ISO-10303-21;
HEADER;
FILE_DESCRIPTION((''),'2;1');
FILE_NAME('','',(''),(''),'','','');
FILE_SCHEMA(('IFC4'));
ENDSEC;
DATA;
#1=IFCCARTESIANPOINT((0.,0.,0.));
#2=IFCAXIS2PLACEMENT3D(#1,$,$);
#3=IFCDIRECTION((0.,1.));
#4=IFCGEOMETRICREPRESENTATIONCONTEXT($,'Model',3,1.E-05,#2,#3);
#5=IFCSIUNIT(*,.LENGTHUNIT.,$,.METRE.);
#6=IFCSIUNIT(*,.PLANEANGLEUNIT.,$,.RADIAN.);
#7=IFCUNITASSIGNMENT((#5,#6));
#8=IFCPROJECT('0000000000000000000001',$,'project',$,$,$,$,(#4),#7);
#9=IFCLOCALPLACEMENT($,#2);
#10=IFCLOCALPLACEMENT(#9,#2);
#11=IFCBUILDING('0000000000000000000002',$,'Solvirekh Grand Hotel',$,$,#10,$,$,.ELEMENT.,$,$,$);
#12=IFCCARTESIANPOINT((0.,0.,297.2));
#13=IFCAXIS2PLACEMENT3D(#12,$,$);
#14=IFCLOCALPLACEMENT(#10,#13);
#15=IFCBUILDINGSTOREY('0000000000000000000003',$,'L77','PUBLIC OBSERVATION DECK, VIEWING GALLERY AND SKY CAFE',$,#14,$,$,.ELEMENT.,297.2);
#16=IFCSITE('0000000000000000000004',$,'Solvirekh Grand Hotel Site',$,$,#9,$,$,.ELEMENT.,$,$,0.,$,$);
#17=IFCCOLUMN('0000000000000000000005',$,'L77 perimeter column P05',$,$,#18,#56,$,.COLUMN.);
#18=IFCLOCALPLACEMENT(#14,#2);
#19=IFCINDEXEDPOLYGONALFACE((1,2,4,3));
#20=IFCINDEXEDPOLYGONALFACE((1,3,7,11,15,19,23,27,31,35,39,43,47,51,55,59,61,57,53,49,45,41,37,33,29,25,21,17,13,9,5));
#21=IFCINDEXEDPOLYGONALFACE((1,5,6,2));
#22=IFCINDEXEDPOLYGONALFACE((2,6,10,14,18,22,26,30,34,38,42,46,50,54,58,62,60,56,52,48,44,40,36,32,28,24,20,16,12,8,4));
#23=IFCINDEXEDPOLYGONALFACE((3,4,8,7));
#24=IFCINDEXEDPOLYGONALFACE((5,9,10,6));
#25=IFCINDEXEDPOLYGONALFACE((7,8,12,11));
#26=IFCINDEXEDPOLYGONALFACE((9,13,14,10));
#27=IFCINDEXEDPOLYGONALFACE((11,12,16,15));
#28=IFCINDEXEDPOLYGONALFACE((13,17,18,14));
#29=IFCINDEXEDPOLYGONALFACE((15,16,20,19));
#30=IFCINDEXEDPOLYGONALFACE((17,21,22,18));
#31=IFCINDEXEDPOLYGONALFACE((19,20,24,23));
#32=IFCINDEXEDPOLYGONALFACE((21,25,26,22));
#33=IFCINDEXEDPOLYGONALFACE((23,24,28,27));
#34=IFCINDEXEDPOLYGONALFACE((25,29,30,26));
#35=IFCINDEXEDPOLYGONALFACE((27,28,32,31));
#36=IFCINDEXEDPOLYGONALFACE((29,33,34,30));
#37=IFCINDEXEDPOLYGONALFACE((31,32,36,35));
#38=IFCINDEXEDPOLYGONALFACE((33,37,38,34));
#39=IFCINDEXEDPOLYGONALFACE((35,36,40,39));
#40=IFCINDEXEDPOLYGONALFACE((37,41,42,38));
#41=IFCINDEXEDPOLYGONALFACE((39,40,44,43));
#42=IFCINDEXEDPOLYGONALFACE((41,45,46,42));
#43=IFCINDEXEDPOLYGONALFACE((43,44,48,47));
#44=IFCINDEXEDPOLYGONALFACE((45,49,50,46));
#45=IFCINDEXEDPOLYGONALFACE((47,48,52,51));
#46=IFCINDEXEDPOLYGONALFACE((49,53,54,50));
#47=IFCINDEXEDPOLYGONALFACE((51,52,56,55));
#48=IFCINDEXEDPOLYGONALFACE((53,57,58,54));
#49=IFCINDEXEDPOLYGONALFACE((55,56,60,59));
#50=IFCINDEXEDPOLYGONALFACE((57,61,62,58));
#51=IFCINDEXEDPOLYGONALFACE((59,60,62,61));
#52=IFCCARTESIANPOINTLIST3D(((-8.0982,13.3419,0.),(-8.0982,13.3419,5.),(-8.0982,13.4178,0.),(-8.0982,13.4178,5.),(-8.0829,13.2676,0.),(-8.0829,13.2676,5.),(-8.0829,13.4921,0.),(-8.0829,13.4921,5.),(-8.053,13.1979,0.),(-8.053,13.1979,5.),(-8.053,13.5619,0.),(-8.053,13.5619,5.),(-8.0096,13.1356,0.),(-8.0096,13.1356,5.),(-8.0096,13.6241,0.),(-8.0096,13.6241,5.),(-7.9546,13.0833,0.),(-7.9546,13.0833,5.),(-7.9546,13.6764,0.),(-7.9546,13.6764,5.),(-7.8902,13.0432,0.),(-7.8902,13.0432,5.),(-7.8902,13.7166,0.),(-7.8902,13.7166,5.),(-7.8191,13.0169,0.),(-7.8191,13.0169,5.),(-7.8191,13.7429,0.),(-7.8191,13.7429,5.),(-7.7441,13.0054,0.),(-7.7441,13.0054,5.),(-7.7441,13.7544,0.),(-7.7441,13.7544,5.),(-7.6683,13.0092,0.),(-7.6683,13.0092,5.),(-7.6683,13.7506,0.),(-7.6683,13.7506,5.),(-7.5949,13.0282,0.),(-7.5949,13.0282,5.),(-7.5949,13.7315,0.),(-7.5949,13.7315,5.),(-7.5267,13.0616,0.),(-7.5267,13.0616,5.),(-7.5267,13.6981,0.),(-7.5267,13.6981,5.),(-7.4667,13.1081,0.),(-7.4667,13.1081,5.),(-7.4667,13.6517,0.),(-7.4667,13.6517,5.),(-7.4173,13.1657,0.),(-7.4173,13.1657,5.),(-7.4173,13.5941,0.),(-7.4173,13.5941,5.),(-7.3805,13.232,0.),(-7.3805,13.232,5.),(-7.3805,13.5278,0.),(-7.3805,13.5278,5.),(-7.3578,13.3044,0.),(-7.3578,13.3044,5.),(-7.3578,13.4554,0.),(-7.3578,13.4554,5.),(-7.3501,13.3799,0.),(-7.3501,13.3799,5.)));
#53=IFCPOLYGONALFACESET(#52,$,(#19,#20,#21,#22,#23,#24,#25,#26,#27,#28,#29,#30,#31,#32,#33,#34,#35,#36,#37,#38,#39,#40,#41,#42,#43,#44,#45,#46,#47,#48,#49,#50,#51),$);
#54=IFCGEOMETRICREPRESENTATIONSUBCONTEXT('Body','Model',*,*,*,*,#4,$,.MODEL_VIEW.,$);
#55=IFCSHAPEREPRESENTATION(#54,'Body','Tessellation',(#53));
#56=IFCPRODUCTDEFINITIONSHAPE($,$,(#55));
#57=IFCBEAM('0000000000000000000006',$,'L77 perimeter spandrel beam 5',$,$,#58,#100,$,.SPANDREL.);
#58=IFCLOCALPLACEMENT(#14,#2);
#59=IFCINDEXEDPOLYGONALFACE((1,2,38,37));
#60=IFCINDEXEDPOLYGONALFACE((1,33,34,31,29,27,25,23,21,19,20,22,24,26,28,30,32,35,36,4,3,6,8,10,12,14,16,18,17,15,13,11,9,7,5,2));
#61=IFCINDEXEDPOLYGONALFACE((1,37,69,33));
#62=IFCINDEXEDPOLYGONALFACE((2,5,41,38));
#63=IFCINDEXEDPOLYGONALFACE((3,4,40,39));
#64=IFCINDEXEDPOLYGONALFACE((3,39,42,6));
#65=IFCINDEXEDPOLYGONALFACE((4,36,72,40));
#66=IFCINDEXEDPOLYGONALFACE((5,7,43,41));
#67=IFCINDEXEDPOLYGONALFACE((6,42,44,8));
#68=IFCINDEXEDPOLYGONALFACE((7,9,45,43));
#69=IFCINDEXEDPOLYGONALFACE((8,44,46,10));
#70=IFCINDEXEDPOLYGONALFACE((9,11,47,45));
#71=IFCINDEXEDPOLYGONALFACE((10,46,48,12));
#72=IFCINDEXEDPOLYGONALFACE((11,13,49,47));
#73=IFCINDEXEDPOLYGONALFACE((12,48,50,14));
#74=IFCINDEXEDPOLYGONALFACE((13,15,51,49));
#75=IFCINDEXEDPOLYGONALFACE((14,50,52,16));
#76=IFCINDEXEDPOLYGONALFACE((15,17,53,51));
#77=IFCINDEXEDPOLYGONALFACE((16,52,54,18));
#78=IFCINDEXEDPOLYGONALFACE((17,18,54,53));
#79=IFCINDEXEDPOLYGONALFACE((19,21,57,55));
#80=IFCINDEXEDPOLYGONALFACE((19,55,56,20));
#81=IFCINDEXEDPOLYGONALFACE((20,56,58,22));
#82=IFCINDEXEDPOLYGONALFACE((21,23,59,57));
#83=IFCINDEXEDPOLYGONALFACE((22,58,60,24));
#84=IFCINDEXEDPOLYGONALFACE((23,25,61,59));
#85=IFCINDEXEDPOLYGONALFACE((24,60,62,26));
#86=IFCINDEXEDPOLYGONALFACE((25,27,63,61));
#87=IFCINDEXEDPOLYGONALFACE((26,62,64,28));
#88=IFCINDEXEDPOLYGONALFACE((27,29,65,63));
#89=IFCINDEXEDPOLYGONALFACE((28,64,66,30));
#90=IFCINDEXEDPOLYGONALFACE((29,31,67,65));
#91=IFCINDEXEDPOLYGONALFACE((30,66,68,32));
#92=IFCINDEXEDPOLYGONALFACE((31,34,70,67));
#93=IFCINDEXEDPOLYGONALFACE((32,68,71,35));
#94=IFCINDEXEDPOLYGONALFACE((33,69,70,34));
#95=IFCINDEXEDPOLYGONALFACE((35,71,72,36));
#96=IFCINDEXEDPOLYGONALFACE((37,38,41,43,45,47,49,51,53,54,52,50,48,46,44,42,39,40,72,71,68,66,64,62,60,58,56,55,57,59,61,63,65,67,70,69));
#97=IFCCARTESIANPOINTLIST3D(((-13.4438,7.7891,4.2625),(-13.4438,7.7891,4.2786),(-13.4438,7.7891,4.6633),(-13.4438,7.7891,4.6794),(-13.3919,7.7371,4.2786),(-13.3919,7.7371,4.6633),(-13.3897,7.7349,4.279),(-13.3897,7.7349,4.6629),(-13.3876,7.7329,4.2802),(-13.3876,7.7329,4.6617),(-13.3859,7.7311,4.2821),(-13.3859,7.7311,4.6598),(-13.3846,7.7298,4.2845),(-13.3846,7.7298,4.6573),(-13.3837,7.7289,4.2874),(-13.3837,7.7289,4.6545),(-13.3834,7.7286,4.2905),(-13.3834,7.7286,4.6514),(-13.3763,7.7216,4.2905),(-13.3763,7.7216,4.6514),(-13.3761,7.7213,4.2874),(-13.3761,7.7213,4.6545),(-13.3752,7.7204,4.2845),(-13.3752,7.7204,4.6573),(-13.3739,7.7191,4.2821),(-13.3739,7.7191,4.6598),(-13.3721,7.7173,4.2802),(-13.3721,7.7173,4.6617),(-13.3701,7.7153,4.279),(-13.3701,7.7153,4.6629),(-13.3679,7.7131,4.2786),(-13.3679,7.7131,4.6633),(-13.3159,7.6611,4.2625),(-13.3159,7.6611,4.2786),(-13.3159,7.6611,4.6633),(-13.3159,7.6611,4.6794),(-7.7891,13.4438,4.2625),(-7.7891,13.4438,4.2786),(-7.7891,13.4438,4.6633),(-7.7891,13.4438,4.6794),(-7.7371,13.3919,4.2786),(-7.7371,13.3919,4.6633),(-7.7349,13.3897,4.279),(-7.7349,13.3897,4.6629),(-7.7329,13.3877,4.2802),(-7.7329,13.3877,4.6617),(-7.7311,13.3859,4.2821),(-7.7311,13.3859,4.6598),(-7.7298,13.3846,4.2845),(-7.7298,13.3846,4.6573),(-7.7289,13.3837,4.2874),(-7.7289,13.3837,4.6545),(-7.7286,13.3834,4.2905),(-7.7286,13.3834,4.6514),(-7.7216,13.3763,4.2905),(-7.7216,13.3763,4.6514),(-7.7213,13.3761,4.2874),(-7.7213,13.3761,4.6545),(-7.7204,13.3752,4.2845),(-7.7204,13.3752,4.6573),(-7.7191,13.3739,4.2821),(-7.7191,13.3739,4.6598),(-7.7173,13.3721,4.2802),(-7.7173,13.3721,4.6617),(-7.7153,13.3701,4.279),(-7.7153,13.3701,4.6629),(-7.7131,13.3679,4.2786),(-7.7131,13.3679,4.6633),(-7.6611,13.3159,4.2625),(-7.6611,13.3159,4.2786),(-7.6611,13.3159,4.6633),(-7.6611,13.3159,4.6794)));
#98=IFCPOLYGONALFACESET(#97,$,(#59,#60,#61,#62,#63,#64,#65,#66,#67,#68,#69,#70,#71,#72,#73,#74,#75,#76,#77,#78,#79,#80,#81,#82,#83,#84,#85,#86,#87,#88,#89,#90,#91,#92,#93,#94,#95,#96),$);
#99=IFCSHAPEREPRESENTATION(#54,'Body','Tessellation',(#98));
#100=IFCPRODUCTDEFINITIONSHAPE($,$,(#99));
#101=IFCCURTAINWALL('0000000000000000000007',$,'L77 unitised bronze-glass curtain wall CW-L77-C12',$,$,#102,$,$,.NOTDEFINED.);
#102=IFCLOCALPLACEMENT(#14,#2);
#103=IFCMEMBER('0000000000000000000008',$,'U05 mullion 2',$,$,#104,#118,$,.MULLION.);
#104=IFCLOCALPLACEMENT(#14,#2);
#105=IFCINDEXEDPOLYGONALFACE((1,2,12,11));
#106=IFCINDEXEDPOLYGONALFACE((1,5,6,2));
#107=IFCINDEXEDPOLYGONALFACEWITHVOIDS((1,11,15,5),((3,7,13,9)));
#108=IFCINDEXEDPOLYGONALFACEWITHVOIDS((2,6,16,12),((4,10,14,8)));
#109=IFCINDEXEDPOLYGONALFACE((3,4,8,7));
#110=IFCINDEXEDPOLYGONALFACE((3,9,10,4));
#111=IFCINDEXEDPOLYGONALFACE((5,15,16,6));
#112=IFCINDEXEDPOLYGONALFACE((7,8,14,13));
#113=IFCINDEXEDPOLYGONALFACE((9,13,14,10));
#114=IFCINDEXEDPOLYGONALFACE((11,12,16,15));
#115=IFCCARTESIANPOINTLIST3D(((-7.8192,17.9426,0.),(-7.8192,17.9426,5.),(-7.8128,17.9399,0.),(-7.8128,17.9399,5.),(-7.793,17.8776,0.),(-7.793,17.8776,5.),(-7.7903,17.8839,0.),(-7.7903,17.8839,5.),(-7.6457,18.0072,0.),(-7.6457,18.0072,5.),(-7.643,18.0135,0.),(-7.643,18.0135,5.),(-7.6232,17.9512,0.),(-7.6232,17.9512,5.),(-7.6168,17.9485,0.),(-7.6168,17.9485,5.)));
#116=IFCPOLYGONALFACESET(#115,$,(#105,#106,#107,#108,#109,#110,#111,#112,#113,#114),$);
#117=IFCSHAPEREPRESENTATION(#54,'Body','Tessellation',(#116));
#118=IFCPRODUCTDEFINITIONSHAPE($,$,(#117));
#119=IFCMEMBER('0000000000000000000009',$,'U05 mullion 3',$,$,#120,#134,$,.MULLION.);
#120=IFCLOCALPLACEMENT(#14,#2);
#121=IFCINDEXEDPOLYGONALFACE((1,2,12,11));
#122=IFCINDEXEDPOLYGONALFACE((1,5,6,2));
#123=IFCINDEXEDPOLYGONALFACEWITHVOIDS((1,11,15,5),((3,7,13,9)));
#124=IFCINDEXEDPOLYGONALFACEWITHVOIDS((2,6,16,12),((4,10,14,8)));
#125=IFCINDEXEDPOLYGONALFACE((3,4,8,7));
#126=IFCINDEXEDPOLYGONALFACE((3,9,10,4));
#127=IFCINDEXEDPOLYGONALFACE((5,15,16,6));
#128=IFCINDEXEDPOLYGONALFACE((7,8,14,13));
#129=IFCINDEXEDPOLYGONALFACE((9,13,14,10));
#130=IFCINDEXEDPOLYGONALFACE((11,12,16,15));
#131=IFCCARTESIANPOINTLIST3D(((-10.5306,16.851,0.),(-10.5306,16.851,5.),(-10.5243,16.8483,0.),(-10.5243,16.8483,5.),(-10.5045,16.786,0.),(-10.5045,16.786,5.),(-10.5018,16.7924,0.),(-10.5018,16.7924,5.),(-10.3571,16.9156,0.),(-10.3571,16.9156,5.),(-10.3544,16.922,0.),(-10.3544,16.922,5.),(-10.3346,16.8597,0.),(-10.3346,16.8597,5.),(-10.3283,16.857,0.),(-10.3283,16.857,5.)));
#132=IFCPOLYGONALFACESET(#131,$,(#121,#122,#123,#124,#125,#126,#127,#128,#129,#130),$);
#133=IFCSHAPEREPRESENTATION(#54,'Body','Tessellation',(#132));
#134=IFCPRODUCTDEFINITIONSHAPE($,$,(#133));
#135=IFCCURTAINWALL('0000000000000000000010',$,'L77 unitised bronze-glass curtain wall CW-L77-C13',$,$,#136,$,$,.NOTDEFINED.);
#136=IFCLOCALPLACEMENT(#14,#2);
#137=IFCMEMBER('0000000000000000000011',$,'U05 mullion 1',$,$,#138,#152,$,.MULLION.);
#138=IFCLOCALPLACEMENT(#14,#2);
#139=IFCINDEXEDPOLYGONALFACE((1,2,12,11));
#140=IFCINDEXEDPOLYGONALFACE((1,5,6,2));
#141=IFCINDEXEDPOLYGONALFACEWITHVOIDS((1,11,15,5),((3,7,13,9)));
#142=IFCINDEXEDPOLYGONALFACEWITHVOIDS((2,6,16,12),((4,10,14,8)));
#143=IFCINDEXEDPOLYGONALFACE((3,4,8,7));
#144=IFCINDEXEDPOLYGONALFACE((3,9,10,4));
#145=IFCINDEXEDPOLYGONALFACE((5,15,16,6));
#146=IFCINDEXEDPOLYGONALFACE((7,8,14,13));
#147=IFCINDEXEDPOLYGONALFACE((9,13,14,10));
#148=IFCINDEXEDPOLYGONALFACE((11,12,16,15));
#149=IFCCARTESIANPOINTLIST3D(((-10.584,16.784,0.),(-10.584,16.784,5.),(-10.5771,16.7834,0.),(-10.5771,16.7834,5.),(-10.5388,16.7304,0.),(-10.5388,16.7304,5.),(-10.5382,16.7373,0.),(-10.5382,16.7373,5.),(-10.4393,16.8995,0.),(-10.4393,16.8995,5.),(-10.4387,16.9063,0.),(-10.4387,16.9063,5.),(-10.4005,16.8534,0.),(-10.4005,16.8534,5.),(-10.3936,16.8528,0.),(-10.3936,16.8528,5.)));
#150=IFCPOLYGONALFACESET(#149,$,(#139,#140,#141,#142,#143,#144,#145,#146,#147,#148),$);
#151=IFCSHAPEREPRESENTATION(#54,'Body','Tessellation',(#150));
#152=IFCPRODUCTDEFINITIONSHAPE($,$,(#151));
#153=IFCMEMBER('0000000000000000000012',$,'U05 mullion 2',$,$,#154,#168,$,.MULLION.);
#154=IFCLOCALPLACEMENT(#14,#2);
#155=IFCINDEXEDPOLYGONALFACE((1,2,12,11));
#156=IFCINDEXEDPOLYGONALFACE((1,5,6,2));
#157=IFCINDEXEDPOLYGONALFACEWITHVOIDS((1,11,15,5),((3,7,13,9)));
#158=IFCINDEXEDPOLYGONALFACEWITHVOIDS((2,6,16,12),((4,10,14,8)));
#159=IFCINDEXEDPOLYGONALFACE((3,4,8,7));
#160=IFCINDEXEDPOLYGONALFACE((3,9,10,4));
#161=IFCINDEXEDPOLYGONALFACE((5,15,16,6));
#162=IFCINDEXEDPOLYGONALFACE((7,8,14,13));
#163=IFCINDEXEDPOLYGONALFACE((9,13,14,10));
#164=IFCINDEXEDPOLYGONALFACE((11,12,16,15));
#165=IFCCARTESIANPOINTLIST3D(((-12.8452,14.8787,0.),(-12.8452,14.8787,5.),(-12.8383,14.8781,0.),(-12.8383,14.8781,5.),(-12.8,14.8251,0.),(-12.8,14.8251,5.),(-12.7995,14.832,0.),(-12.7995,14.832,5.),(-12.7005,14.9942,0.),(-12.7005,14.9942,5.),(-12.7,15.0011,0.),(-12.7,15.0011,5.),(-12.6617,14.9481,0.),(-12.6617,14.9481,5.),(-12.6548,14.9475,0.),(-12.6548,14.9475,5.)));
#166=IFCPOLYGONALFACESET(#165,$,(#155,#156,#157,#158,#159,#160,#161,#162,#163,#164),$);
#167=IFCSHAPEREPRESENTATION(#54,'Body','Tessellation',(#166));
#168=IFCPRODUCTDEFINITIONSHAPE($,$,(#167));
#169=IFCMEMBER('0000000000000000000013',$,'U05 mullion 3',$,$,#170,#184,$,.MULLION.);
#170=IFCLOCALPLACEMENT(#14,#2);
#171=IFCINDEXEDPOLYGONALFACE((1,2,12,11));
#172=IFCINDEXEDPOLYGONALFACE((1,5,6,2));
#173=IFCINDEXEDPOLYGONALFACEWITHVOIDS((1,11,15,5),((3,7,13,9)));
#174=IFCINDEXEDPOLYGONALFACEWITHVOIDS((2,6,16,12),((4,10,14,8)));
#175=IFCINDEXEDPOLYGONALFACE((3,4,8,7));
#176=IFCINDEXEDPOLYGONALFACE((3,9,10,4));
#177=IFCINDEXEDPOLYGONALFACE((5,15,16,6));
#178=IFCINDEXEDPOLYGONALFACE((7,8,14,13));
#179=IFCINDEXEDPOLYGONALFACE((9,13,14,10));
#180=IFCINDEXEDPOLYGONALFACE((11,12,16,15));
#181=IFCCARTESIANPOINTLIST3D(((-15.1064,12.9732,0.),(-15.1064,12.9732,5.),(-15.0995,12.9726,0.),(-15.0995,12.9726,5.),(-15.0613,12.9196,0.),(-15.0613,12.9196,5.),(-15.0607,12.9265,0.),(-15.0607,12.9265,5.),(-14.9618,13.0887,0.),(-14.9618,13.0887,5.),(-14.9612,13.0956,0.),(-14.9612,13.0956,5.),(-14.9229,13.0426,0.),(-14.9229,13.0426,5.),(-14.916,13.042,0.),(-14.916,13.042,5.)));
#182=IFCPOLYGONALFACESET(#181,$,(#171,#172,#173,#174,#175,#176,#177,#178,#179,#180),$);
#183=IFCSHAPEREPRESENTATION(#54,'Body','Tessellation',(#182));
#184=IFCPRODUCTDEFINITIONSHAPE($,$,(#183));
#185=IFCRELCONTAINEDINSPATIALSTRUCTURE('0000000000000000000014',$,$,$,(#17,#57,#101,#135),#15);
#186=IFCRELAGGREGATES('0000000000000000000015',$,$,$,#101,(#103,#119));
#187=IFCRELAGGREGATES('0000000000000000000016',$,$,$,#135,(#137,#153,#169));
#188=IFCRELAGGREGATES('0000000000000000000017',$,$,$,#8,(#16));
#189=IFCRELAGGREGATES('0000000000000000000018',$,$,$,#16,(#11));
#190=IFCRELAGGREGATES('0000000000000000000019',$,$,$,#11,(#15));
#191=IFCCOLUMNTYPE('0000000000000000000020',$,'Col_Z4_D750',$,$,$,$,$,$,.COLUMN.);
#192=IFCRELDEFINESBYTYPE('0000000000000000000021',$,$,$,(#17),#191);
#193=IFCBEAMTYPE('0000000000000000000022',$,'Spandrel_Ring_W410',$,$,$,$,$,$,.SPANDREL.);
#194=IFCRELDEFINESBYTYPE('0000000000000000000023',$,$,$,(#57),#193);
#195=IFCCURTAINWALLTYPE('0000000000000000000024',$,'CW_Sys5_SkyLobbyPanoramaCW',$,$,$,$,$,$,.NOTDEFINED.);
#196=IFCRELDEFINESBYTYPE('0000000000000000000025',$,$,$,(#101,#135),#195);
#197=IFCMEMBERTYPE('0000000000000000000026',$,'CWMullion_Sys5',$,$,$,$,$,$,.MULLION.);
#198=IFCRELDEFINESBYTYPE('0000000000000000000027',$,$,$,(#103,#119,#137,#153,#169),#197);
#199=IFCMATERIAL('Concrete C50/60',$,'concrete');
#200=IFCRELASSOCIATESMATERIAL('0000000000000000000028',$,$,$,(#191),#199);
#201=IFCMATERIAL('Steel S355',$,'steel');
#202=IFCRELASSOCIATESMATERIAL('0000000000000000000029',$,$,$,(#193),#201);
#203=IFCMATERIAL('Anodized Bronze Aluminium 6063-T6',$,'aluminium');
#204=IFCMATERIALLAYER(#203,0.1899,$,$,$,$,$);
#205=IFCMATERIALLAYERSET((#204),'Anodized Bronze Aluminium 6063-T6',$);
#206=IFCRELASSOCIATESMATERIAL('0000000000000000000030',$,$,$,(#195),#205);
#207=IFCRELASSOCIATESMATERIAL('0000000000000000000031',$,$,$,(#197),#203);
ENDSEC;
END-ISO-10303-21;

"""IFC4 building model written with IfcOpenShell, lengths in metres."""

from ifc_helpers import new_model, si_unit, direction, frame, origin, origin_2d, place, context, subcontext, project, spatial, hollow_rectangle, circle, i_section, extrude, source, transform, mapped, material, layer, layer_set, material_profile, profile_set, type_object, element, aggregate, save


model = new_model("IFC4")

# Units and contexts
model_context = context("Model", 3, precision=1e-05, world=origin(), true_north=direction((0.0, 1.0)))
body_context = subcontext(model_context, "Body", "Model", "MODEL_VIEW")
ifc_project = project(units=[si_unit("LENGTHUNIT", "METRE"), si_unit("PLANEANGLEUNIT", "RADIAN")], contexts=[model_context])

# Site, building, storey
site_placement = place(None, origin())
site = spatial("IfcSite", under=ifc_project, at=site_placement, Name="Solvirekh Grand Hotel Site", CompositionType="ELEMENT", RefElevation=0.0)
building_placement = place(site_placement, origin())
building = spatial("IfcBuilding", under=site, at=building_placement, Name="Solvirekh Grand Hotel", CompositionType="ELEMENT")
storey_placement = place(building_placement, frame((0.0, 0.0, 297.2)))
storey = spatial("IfcBuildingStorey", under=building, at=storey_placement, Name="L77", Description="PUBLIC OBSERVATION DECK, VIEWING GALLERY AND SKY CAFE", CompositionType="ELEMENT", Elevation=297.2)

# Column
ifc_material_1 = material(Name="Concrete C50/60", Category="concrete")
ifc_material_profile_1 = material_profile(ifc_material_1, circle(Radius=0.375, at=origin_2d()), Name="RC CIRC D750")
ifc_profile_set_1 = profile_set([ifc_material_profile_1], Name="Concrete C50/60")
column_type = type_object("IfcColumnType", Name="Col_Z4_D750", PredefinedType="COLUMN", material=ifc_profile_set_1)
column_placement = place(storey_placement, frame((-7.7251, 13.3799, 0.0), z_axis=(0.0, 0.0, 1.0), x_axis=(1.0, 0.0, 0.0)))
element("IfcColumn", 1, at=column_placement, inside=storey, type_object=column_type, Name="L77 perimeter column P05", PredefinedType="COLUMN", context=body_context, shape_type="SweptSolid", body=[
    extrude(circle(Radius=0.375, at=origin_2d()), origin(), (0.0, 0.0, 1.0), 5.0),
])

# Beam
ifc_material_2 = material(Name="Steel S355", Category="steel")
ifc_material_profile_2 = material_profile(ifc_material_2, i_section(OverallWidth=0.1809, OverallDepth=0.417, WebThickness=0.01, FlangeThickness=0.0161, FilletRadius=0.012, at=origin_2d()), Name="W410X85")
ifc_profile_set_2 = profile_set([ifc_material_profile_2], Name="Steel S355")
beam_type = type_object("IfcBeamType", Name="Spandrel_Ring_W410", PredefinedType="SPANDREL", material=ifc_profile_set_2)
beam_placement = place(storey_placement, frame((-7.7251, 13.3799, 4.4709), z_axis=(-0.707107, -0.707107, 0.0), x_axis=(0.707107, -0.707107, 0.0)))
element("IfcBeam", 2, at=beam_placement, inside=storey, type_object=beam_type, Name="L77 perimeter spandrel beam 5", PredefinedType="SPANDREL", context=body_context, shape_type="SweptSolid", body=[
    extrude(i_section(OverallWidth=0.1809, OverallDepth=0.417, WebThickness=0.01, FlangeThickness=0.0161, FilletRadius=0.012, at=origin_2d()), origin(), (0.0, 0.0, 1.0), 7.9971),
])

# Curtain walls, members
ifc_material_3 = material(Name="Anodized Bronze Aluminium 6063-T6", Category="aluminium")
ifc_layer_1 = layer(ifc_material_3, 0.1899)
ifc_layer_set_1 = layer_set([ifc_layer_1], Name="Anodized Bronze Aluminium 6063-T6")
curtain_wall_type = type_object("IfcCurtainWallType", Name="CW_Sys5_SkyLobbyPanoramaCW", PredefinedType="NOTDEFINED", material=ifc_layer_set_1)
curtain_wall_1_placement = place(storey_placement, origin())
curtain_wall_1 = element("IfcCurtainWall", 3, at=curtain_wall_1_placement, inside=storey, type_object=curtain_wall_type, Name="L77 unitised bronze-glass curtain wall CW-L77-C12", PredefinedType="NOTDEFINED")
ifc_material_profile_3 = material_profile(ifc_material_3, hollow_rectangle(XDim=0.0701, YDim=0.1899, WallThickness=0.0049, at=origin_2d()), Name="ALU RHS 190X70X5")
ifc_profile_set_3 = profile_set([ifc_material_profile_3], Name="Anodized Bronze Aluminium 6063-T6")
member_type_1 = type_object("IfcMemberType", Name="CWMullion_Sys5", PredefinedType="MULLION", material=ifc_profile_set_3)
shared_shape_1 = source(origin(), body_context, "Body", "SweptSolid", [
    extrude(hollow_rectangle(XDim=0.0701, YDim=0.1899, WallThickness=0.0049, at=origin_2d()), origin(), (0.0, 0.0, 1.0), 5.0),
])
member_1_placement = place(storey_placement, frame((-7.718, 17.9456, 0.0), z_axis=(0.0, 0.0, 1.0), x_axis=(0.373401, -0.92767, 0.0)))
member_1 = element("IfcMember", 4, at=member_1_placement, type_object=member_type_1, Name="U05 mullion 2", PredefinedType="MULLION", context=body_context, shape_type="MappedRepresentation", body=[
    mapped(shared_shape_1, transform((0.0, 0.0, 0.0), x_axis=(1.0, 0.0, 0.0), y_axis=(0.0, 1.0, 0.0), z_axis=(0.0, 0.0, 1.0), scale=1.0)),
])
member_2_placement = place(storey_placement, frame((-10.4294, 16.854, 0.0), z_axis=(0.0, 0.0, 1.0), x_axis=(0.373401, -0.92767, 0.0)))
member_2 = element("IfcMember", 5, at=member_2_placement, type_object=member_type_1, Name="U05 mullion 3", PredefinedType="MULLION", context=body_context, shape_type="MappedRepresentation", body=[
    mapped(shared_shape_1, transform((0.0, 0.0, 0.0), x_axis=(1.0, 0.0, 0.0), y_axis=(0.0, 1.0, 0.0), z_axis=(0.0, 0.0, 1.0), scale=1.0)),
])
curtain_wall_2_placement = place(storey_placement, origin())
curtain_wall_2 = element("IfcCurtainWall", 6, at=curtain_wall_2_placement, inside=storey, type_object=curtain_wall_type, Name="L77 unitised bronze-glass curtain wall CW-L77-C13", PredefinedType="NOTDEFINED")
member_3_placement = place(storey_placement, frame((-10.4888, 16.8184, 0.0), z_axis=(0.0, 0.0, 1.0), x_axis=(0.644383, -0.764703, 0.0)))
member_3 = element("IfcMember", 7, at=member_3_placement, type_object=member_type_1, Name="U05 mullion 1", PredefinedType="MULLION", context=body_context, shape_type="MappedRepresentation", body=[
    mapped(shared_shape_1, transform((0.0, 0.0, 0.0), x_axis=(1.0, 0.0, 0.0), y_axis=(0.0, 1.0, 0.0), z_axis=(0.0, 0.0, 1.0), scale=1.0)),
])
member_4_placement = place(storey_placement, frame((-12.75, 14.9131, 0.0), z_axis=(0.0, 0.0, 1.0), x_axis=(0.644383, -0.764703, 0.0)))
member_4 = element("IfcMember", 8, at=member_4_placement, type_object=member_type_1, Name="U05 mullion 2", PredefinedType="MULLION", context=body_context, shape_type="MappedRepresentation", body=[
    mapped(shared_shape_1, transform((0.0, 0.0, 0.0), x_axis=(1.0, 0.0, 0.0), y_axis=(0.0, 1.0, 0.0), z_axis=(0.0, 0.0, 1.0), scale=1.0)),
])
member_5_placement = place(storey_placement, frame((-15.0112, 13.0076, 0.0), z_axis=(0.0, 0.0, 1.0), x_axis=(0.644383, -0.764703, 0.0)))
member_5 = element("IfcMember", 9, at=member_5_placement, type_object=member_type_1, Name="U05 mullion 3", PredefinedType="MULLION", context=body_context, shape_type="MappedRepresentation", body=[
    mapped(shared_shape_1, transform((0.0, 0.0, 0.0), x_axis=(1.0, 0.0, 0.0), y_axis=(0.0, 1.0, 0.0), z_axis=(0.0, 0.0, 1.0), scale=1.0)),
])

aggregate(curtain_wall_1, [member_1, member_2])
aggregate(curtain_wall_2, [member_3, member_4, member_5])

save(model, "model.ifc")
